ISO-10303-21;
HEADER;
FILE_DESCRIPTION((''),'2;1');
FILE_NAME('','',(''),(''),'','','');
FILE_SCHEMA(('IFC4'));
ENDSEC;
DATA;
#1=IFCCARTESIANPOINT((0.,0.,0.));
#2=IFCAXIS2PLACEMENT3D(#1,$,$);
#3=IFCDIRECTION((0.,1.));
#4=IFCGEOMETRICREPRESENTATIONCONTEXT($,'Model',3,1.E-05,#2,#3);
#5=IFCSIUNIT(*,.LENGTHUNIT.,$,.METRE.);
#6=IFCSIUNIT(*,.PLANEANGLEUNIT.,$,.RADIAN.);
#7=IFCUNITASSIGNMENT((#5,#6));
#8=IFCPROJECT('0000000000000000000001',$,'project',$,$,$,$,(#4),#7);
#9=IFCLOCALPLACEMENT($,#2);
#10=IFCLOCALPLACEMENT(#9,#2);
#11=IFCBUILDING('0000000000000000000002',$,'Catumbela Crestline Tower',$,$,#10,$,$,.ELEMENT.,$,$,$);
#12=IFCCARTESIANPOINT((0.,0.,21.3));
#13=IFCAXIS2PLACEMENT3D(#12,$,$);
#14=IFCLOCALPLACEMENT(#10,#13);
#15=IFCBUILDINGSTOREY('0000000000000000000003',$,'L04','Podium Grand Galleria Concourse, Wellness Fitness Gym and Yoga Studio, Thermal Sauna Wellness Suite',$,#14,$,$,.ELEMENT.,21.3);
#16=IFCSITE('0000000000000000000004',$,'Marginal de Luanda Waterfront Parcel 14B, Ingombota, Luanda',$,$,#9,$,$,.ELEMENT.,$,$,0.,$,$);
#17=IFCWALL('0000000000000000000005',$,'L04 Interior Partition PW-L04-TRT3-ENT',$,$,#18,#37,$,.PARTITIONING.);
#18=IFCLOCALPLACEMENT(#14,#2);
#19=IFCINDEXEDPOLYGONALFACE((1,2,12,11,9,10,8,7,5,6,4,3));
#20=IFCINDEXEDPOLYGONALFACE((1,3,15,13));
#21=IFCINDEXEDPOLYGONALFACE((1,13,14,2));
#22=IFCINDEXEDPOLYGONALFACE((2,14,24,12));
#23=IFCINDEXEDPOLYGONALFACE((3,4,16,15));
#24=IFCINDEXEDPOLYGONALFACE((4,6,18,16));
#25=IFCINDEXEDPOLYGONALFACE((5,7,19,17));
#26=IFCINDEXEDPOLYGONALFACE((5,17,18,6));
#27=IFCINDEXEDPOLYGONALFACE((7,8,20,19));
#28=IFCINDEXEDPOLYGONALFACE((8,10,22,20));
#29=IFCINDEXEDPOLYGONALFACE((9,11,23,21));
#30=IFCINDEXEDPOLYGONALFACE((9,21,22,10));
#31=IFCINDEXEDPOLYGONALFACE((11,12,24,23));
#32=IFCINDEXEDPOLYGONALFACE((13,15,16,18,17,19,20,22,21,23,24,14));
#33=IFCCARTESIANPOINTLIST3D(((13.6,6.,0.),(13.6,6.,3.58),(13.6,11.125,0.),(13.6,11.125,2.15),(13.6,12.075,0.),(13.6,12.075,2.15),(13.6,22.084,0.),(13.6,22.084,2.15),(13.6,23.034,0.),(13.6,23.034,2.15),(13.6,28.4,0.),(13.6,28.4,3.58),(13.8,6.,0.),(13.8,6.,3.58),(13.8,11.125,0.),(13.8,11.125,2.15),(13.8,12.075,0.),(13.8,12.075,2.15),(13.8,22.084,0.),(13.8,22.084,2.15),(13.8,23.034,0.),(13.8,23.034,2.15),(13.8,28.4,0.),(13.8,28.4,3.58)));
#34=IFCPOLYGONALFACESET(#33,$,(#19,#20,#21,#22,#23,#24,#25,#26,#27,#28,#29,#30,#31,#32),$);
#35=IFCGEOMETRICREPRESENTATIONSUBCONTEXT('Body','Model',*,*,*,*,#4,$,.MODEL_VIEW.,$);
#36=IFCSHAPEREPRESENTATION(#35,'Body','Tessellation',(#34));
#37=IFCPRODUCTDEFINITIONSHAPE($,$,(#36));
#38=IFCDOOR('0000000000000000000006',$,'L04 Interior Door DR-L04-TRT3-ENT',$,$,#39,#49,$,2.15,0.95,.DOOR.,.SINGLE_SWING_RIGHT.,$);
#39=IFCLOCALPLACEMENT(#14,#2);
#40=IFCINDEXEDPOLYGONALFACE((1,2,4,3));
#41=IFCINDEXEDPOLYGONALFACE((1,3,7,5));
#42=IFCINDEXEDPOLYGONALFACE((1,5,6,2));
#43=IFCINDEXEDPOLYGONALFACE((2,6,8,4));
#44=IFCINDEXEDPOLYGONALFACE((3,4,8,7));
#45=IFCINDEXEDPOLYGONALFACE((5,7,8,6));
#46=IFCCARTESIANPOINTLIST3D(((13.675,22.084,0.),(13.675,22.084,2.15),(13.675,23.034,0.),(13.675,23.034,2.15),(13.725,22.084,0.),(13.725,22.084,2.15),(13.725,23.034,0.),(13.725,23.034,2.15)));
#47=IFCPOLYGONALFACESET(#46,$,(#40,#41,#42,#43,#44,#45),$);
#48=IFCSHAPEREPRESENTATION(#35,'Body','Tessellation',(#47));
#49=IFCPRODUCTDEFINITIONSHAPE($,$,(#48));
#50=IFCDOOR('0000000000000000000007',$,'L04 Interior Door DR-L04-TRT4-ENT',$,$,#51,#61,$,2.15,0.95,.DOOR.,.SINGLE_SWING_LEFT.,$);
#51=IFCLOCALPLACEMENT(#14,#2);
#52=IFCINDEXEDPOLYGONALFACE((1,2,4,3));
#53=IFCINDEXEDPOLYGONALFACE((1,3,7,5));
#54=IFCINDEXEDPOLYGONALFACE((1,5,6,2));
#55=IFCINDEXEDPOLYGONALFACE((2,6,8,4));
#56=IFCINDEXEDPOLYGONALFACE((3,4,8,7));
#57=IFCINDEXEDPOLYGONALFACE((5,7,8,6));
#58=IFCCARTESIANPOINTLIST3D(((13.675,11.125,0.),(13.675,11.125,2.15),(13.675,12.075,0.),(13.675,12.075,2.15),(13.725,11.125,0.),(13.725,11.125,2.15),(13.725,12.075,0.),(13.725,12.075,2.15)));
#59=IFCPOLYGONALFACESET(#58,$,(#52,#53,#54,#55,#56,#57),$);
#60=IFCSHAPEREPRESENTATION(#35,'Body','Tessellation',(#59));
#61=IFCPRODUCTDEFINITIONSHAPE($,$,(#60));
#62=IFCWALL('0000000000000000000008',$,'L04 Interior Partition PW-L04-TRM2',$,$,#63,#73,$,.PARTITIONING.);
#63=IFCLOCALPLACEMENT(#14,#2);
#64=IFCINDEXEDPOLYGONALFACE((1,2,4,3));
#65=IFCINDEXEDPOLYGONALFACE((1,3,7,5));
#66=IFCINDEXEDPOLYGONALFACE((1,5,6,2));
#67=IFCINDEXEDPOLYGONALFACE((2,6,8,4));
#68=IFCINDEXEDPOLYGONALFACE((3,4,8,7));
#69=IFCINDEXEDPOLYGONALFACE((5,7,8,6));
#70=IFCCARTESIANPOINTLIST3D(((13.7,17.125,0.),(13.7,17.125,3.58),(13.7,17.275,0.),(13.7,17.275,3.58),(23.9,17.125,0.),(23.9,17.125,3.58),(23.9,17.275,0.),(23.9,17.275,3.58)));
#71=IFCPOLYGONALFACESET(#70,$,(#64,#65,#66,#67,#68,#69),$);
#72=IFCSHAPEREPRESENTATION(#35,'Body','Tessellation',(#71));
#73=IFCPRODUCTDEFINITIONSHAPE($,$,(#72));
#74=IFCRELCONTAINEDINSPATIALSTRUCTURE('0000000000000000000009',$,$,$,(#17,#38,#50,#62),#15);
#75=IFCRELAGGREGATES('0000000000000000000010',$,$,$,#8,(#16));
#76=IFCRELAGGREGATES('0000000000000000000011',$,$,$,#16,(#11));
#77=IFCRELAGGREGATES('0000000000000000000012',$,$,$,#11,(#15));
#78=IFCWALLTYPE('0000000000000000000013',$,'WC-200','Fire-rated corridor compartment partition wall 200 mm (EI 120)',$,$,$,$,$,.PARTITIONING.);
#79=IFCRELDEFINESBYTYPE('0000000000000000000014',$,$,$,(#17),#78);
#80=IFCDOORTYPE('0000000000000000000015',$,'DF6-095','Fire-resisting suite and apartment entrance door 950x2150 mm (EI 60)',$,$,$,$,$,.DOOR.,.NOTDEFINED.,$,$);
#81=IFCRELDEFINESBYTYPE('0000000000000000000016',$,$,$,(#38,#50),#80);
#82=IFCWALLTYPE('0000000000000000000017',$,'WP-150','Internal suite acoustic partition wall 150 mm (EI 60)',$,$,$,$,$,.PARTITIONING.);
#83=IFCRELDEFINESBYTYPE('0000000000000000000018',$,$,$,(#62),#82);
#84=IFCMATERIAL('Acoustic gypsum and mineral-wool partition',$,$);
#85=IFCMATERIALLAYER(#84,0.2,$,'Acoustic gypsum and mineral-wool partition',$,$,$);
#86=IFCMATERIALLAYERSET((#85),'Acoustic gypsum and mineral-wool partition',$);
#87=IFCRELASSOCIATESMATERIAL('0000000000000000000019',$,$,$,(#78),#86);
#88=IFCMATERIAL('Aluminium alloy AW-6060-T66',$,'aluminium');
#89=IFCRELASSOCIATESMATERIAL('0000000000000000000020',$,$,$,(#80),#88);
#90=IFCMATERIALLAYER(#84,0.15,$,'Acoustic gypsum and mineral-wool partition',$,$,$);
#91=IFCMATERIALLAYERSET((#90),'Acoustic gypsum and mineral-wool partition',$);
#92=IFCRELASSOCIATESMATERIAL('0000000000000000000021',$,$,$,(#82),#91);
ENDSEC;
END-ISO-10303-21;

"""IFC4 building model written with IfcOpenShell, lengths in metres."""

from ifc_helpers import new_model, si_unit, direction, frame, frame_2d, origin, place, context, subcontext, project, spatial, rectangle, extrude, material, layer, layer_set, type_object, element, fill, save


model = new_model("IFC4")

# Units and contexts
model_context = context("Model", 3, precision=1e-05, world=origin(), true_north=direction((0.0, 1.0)))
body_context = subcontext(model_context, "Body", "Model", "MODEL_VIEW")
ifc_project = project(units=[si_unit("LENGTHUNIT", "METRE"), si_unit("PLANEANGLEUNIT", "RADIAN")], contexts=[model_context])

# Site, building, storey
site_placement = place(None, origin())
site = spatial("IfcSite", under=ifc_project, at=site_placement, Name="Marginal de Luanda Waterfront Parcel 14B, Ingombota, Luanda", CompositionType="ELEMENT", RefElevation=0.0)
building_placement = place(site_placement, origin())
building = spatial("IfcBuilding", under=site, at=building_placement, Name="Catumbela Crestline Tower", CompositionType="ELEMENT")
storey_placement = place(building_placement, frame((0.0, 0.0, 21.3)))
storey = spatial("IfcBuildingStorey", under=building, at=storey_placement, Name="L04", Description="Podium Grand Galleria Concourse, Wellness Fitness Gym and Yoga Studio, Thermal Sauna Wellness Suite", CompositionType="ELEMENT", Elevation=21.3)

# Wall, openings, doors
ifc_material_1 = material(Name="Acoustic gypsum and mineral-wool partition")
ifc_layer_1 = layer(ifc_material_1, 0.2, Name="Acoustic gypsum and mineral-wool partition")
ifc_layer_set_1 = layer_set([ifc_layer_1], Name="Acoustic gypsum and mineral-wool partition")
wall_type_1 = type_object("IfcWallType", Name="WC-200", Description="Fire-rated corridor compartment partition wall 200 mm (EI 120)", PredefinedType="PARTITIONING", material=ifc_layer_set_1)
ifc_material_2 = material(Name="Aluminium alloy AW-6060-T66", Category="aluminium")
door_type = type_object("IfcDoorType", Name="DF6-095", Description="Fire-resisting suite and apartment entrance door 950x2150 mm (EI 60)", OperationType="NOTDEFINED", PredefinedType="DOOR", material=ifc_material_2)
wall_1_placement = place(storey_placement, frame((13.7, 6.0, 0.0), z_axis=(0.0, 0.0, 1.0), x_axis=(0.0, 1.0, 0.0)))
wall_1 = element("IfcWall", 1, at=wall_1_placement, inside=storey, type_object=wall_type_1, Name="L04 Interior Partition PW-L04-TRT3-ENT", PredefinedType="PARTITIONING", context=body_context, shape_type="SweptSolid", body=[
    extrude(rectangle(XDim=22.4, YDim=0.2, at=frame_2d((11.2, 0.0))), origin(), (0.0, 0.0, 1.0), 3.58),
])
opening_1_placement = place(wall_1_placement, frame((16.084, 0.0, 0.0)))
opening_1 = element("IfcOpeningElement", 2, at=opening_1_placement, cuts=wall_1, PredefinedType="OPENING", context=body_context, shape_type="SweptSolid", body=[
    extrude(rectangle(XDim=0.95, YDim=2.15, at=frame_2d((0.475, 1.075))), frame((0.0, 0.11, 0.0), z_axis=(0.0, -1.0, 0.0), x_axis=(1.0, 0.0, 0.0)), (0.0, 0.0, 1.0), 0.22),
])
opening_2_placement = place(wall_1_placement, frame((5.125, 0.0, 0.0)))
opening_2 = element("IfcOpeningElement", 3, at=opening_2_placement, cuts=wall_1, PredefinedType="OPENING", context=body_context, shape_type="SweptSolid", body=[
    extrude(rectangle(XDim=0.95, YDim=2.15, at=frame_2d((0.475, 1.075))), frame((0.0, 0.11, 0.0), z_axis=(0.0, -1.0, 0.0), x_axis=(1.0, 0.0, 0.0)), (0.0, 0.0, 1.0), 0.22),
])
door_1_placement = place(opening_1_placement, origin())
door_1 = element("IfcDoor", 4, at=door_1_placement, inside=storey, type_object=door_type, Name="L04 Interior Door DR-L04-TRT3-ENT", OperationType="SINGLE_SWING_RIGHT", OverallHeight=2.15, OverallWidth=0.95, PredefinedType="DOOR", context=body_context, shape_type="SweptSolid", body=[
    extrude(rectangle(XDim=0.95, YDim=2.15, at=frame_2d((0.475, 1.075))), frame((0.0, 0.025, 0.0), z_axis=(0.0, -1.0, 0.0), x_axis=(1.0, 0.0, 0.0)), (0.0, 0.0, 1.0), 0.05),
])
fill(opening_1, door_1)
door_2_placement = place(opening_2_placement, origin())
door_2 = element("IfcDoor", 5, at=door_2_placement, inside=storey, type_object=door_type, Name="L04 Interior Door DR-L04-TRT4-ENT", OperationType="SINGLE_SWING_LEFT", OverallHeight=2.15, OverallWidth=0.95, PredefinedType="DOOR", context=body_context, shape_type="SweptSolid", body=[
    extrude(rectangle(XDim=0.95, YDim=2.15, at=frame_2d((0.475, 1.075))), frame((0.0, 0.025, 0.0), z_axis=(0.0, -1.0, 0.0), x_axis=(1.0, 0.0, 0.0)), (0.0, 0.0, 1.0), 0.05),
])
fill(opening_2, door_2)

# Wall
ifc_layer_2 = layer(ifc_material_1, 0.15, Name="Acoustic gypsum and mineral-wool partition")
ifc_layer_set_2 = layer_set([ifc_layer_2], Name="Acoustic gypsum and mineral-wool partition")
wall_type_2 = type_object("IfcWallType", Name="WP-150", Description="Internal suite acoustic partition wall 150 mm (EI 60)", PredefinedType="PARTITIONING", material=ifc_layer_set_2)
wall_2_placement = place(storey_placement, frame((13.7, 17.2, 0.0), z_axis=(0.0, 0.0, 1.0), x_axis=(1.0, 0.0, 0.0)))
element("IfcWall", 6, at=wall_2_placement, inside=storey, type_object=wall_type_2, Name="L04 Interior Partition PW-L04-TRM2", PredefinedType="PARTITIONING", context=body_context, shape_type="SweptSolid", body=[
    extrude(rectangle(XDim=10.2, YDim=0.15, at=frame_2d((5.1, 0.0))), origin(), (0.0, 0.0, 1.0), 3.58),
])

save(model, "model.ifc")
